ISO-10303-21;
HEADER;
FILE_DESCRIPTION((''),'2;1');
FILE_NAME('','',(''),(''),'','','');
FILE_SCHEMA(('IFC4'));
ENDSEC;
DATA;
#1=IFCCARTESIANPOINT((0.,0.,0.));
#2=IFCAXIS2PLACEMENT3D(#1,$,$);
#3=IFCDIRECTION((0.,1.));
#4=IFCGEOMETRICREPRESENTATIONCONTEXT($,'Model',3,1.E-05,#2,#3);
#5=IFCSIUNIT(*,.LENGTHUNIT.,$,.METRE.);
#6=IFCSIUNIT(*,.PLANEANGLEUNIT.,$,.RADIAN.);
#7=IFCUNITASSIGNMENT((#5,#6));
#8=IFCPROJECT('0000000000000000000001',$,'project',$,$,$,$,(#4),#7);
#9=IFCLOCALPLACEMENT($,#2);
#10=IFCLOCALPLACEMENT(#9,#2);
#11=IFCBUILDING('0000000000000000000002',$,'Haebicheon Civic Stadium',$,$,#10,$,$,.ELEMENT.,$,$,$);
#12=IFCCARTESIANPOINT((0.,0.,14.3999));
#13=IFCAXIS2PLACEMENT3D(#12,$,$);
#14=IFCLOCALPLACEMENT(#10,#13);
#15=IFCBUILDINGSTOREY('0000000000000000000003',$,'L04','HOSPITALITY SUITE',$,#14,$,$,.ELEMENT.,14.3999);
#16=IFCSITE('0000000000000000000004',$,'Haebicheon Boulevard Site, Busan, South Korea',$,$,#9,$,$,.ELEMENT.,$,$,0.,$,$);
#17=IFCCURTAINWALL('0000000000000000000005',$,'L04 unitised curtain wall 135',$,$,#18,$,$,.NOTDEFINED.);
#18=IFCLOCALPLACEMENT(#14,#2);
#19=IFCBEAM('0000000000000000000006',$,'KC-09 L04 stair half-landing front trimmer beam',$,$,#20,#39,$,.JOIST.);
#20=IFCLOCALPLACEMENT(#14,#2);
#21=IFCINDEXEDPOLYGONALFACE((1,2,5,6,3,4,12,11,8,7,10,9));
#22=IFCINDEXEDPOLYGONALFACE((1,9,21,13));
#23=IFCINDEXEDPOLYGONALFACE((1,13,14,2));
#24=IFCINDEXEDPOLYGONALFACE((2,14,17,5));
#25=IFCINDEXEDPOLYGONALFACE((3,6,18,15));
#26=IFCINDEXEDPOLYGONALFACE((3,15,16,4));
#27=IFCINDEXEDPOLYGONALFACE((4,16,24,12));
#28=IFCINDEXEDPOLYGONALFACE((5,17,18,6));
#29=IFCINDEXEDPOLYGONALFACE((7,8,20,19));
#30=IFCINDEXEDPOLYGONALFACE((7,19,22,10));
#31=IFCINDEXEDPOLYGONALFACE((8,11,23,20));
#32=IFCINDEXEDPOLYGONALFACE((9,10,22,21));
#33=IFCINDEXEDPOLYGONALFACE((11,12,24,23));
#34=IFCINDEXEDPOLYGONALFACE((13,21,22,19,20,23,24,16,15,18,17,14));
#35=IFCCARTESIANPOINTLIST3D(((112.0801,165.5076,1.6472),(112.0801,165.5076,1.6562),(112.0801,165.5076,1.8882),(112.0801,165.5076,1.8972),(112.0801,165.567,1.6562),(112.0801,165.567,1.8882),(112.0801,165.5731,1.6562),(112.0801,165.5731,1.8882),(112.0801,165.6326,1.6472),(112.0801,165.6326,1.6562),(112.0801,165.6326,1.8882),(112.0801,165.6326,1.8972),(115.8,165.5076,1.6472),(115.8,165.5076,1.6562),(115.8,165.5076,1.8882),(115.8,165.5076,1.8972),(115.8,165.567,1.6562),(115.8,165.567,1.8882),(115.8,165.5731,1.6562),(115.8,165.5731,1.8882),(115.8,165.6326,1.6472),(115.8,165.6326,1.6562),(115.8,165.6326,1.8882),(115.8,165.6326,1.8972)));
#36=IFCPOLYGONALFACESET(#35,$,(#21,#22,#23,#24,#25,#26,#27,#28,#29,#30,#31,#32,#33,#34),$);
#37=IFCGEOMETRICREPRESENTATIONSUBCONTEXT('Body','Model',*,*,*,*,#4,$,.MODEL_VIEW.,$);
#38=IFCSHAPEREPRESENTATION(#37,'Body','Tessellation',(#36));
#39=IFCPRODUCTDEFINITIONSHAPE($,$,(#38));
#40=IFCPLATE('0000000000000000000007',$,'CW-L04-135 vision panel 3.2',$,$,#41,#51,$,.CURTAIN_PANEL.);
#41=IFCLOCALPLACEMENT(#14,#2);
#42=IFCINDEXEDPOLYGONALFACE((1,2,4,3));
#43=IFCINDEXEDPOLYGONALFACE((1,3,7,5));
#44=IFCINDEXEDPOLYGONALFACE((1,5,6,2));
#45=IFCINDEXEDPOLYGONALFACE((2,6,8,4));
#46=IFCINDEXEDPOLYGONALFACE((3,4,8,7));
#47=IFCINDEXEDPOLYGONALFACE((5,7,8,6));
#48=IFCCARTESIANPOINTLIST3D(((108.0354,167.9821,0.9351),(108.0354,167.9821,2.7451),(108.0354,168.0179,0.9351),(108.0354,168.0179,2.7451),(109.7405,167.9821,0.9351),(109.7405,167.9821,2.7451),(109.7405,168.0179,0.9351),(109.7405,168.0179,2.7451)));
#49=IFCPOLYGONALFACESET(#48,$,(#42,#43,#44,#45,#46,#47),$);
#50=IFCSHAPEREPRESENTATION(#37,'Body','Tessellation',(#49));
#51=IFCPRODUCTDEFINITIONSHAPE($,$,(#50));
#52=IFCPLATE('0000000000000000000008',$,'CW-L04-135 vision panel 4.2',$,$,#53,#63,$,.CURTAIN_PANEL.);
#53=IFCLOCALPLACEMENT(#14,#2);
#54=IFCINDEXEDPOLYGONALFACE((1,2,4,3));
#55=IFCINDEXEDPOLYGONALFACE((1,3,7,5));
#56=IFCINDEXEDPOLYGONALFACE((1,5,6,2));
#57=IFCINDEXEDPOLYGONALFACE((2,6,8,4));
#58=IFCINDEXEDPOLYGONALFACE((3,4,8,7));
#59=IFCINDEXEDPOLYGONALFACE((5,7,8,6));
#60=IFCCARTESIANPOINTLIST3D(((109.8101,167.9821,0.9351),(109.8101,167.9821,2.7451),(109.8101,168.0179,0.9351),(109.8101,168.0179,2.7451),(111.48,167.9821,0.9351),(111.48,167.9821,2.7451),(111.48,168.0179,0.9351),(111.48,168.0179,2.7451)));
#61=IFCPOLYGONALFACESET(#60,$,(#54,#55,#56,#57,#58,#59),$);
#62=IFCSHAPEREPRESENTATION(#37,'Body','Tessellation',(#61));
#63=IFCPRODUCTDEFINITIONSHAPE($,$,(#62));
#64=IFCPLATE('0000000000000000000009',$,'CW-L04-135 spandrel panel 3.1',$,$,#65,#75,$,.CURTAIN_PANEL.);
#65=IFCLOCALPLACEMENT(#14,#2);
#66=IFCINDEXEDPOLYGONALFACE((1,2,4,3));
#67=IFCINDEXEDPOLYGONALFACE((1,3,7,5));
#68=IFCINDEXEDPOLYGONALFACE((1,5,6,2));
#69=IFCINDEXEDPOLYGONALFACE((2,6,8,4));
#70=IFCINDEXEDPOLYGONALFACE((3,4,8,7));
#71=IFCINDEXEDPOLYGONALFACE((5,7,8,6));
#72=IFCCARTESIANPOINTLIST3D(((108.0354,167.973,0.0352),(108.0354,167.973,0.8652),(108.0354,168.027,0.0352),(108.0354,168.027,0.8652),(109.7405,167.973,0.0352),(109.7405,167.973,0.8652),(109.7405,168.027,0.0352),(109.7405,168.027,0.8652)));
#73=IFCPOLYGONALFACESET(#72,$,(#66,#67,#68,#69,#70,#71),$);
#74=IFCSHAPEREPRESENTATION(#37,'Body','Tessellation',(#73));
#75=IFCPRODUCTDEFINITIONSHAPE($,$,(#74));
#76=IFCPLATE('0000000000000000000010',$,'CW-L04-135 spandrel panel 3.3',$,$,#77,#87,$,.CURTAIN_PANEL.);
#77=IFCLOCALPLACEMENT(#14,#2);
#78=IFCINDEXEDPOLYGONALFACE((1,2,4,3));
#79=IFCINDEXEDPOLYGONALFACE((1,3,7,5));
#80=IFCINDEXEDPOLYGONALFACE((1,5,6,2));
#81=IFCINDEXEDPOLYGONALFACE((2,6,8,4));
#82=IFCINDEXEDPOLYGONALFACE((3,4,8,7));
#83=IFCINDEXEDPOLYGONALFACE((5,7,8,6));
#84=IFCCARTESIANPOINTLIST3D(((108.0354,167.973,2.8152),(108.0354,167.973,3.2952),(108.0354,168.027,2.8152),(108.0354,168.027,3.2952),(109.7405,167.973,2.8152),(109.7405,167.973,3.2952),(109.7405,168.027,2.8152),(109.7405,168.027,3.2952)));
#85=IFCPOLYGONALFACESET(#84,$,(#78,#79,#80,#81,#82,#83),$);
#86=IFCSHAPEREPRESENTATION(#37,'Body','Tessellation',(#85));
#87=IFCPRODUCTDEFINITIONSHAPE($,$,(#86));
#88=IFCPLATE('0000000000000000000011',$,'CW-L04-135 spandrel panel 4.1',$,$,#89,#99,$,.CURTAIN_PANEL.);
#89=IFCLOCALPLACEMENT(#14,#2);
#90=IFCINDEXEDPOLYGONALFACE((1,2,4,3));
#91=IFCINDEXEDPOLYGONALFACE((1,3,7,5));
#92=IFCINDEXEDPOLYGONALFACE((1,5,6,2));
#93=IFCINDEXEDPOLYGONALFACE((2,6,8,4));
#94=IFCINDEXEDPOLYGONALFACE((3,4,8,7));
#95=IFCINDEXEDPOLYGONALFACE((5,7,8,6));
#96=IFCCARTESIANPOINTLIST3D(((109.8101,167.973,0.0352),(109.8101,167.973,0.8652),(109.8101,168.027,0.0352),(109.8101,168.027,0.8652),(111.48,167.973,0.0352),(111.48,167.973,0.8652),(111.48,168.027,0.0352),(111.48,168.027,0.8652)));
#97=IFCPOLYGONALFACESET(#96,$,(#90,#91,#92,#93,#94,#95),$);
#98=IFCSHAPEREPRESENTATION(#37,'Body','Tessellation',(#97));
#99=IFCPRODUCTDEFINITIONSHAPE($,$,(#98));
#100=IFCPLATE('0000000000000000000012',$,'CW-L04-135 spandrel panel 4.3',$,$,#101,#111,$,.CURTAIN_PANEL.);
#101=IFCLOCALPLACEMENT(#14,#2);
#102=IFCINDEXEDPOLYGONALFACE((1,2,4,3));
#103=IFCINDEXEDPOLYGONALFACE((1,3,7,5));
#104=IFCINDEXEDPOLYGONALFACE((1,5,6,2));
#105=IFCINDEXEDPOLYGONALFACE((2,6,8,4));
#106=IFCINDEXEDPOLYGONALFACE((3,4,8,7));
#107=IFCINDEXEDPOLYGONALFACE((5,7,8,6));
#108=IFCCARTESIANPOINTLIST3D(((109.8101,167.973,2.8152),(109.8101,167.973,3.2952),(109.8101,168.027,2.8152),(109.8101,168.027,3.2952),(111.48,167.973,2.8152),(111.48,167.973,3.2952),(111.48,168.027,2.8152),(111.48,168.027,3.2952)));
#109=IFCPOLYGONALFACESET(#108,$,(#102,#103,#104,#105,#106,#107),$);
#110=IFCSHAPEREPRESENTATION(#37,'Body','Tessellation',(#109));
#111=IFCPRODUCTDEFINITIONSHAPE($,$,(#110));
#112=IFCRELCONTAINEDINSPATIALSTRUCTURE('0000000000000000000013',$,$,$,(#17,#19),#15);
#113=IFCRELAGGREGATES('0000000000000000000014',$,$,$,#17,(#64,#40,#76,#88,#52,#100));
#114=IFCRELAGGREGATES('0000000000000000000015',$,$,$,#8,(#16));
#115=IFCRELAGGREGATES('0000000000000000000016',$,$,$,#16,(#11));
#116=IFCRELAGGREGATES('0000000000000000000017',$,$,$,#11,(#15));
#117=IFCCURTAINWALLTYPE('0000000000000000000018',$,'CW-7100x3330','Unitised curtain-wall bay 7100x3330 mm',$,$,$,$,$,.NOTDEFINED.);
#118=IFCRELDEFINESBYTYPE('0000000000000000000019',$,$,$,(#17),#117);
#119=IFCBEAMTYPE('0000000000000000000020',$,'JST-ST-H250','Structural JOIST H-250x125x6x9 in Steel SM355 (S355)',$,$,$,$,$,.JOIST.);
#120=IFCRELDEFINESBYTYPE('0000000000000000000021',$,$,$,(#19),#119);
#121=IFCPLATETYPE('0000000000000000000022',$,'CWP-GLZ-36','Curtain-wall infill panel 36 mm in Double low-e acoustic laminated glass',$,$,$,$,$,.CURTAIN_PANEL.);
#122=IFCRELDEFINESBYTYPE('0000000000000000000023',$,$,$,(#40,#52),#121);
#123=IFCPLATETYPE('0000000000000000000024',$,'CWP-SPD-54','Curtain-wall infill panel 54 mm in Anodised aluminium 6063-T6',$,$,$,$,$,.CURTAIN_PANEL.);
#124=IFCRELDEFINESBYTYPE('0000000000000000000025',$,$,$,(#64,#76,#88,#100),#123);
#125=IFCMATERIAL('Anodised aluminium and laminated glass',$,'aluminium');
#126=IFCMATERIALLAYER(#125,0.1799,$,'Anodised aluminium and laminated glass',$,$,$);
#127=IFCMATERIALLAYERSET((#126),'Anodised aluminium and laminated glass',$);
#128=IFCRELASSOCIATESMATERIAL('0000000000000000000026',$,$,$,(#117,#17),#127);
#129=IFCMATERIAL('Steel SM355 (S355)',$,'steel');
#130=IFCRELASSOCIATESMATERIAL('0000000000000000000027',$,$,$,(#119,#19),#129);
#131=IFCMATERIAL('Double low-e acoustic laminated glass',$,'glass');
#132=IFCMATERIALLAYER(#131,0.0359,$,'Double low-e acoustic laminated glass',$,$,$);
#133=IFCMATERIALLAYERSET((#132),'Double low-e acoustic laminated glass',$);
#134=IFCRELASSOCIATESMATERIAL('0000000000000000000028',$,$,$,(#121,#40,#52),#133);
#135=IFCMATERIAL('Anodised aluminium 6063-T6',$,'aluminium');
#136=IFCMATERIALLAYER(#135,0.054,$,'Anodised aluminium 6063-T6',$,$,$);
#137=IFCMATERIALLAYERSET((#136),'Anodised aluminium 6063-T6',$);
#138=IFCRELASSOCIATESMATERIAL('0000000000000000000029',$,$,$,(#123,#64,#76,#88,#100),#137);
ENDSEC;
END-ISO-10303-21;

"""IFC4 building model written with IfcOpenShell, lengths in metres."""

from ifc_helpers import new_model, si_unit, direction, frame, origin, origin_2d, place, context, subcontext, project, spatial, rectangle, i_section, extrude, material, layer, layer_set, material_profile, profile_set, type_object, element, aggregate, save


model = new_model("IFC4")

# Units and contexts
model_context = context("Model", 3, precision=1e-05, world=origin(), true_north=direction((0.0, 1.0)))
body_context = subcontext(model_context, "Body", "Model", "MODEL_VIEW")
ifc_project = project(units=[si_unit("LENGTHUNIT", "METRE"), si_unit("PLANEANGLEUNIT", "RADIAN")], contexts=[model_context])

# Site, building, storey
site_placement = place(None, origin())
site = spatial("IfcSite", under=ifc_project, at=site_placement, Name="Haebicheon Boulevard Site, Busan, South Korea", CompositionType="ELEMENT", RefElevation=0.0)
building_placement = place(site_placement, origin())
building = spatial("IfcBuilding", under=site, at=building_placement, Name="Haebicheon Civic Stadium", CompositionType="ELEMENT")
storey_placement = place(building_placement, frame((0.0, 0.0, 14.3999)))
storey = spatial("IfcBuildingStorey", under=building, at=storey_placement, Name="L04", Description="HOSPITALITY SUITE", CompositionType="ELEMENT", Elevation=14.3999)

# Curtain wall
ifc_material_1 = material(Name="Anodised aluminium and laminated glass", Category="aluminium")
ifc_layer_1 = layer(ifc_material_1, 0.1799, Name="Anodised aluminium and laminated glass")
ifc_layer_set_1 = layer_set([ifc_layer_1], Name="Anodised aluminium and laminated glass")
curtain_wall_type = type_object("IfcCurtainWallType", Name="CW-7100x3330", Description="Unitised curtain-wall bay 7100x3330 mm", PredefinedType="NOTDEFINED", material=ifc_layer_set_1)
curtain_wall_placement = place(storey_placement, origin())
curtain_wall = element("IfcCurtainWall", 1, at=curtain_wall_placement, inside=storey, type_object=curtain_wall_type, material=ifc_layer_set_1, Name="L04 unitised curtain wall 135", PredefinedType="NOTDEFINED")

# Beam
ifc_material_2 = material(Name="Steel SM355 (S355)", Category="steel")
ifc_material_profile_1 = material_profile(ifc_material_2, i_section(OverallWidth=0.125, OverallDepth=0.25, WebThickness=0.0061, FlangeThickness=0.009, at=origin_2d()), Name="H-250x125x6x9")
ifc_profile_set_1 = profile_set([ifc_material_profile_1], Name="Steel SM355 (S355)")
beam_type_1 = type_object("IfcBeamType", Name="JST-ST-H250", Description="Structural JOIST H-250x125x6x9 in Steel SM355 (S355)", PredefinedType="JOIST", material=ifc_profile_set_1)
beam_1_placement = place(storey_placement, frame((112.0801, 165.5701, 1.7722), z_axis=(1.0, 0.0, 0.0), x_axis=(0.0, 1.0, 0.0)))
element("IfcBeam", 2, at=beam_1_placement, inside=storey, type_object=beam_type_1, material=ifc_profile_set_1, Name="KC-09 L04 stair half-landing front trimmer beam", PredefinedType="JOIST", context=body_context, shape_type="SweptSolid", body=[
    extrude(i_section(OverallWidth=0.125, OverallDepth=0.25, WebThickness=0.0061, FlangeThickness=0.009, at=origin_2d()), origin(), (0.0, 0.0, 1.0), 3.72),
])

# Plates
ifc_material_3 = material(Name="Double low-e acoustic laminated glass", Category="glass")
ifc_layer_2 = layer(ifc_material_3, 0.0359, Name="Double low-e acoustic laminated glass")
ifc_layer_set_2 = layer_set([ifc_layer_2], Name="Double low-e acoustic laminated glass")
plate_type_1 = type_object("IfcPlateType", Name="CWP-GLZ-36", Description="Curtain-wall infill panel 36 mm in Double low-e acoustic laminated glass", PredefinedType="CURTAIN_PANEL", material=ifc_layer_set_2)
plate_1_placement = place(storey_placement, frame((108.8879, 168.0, 0.9351), z_axis=(0.0, 0.0, 1.0), x_axis=(1.0, 0.0, 0.0)))
plate_1 = element("IfcPlate", 3, at=plate_1_placement, type_object=plate_type_1, material=ifc_layer_set_2, Name="CW-L04-135 vision panel 3.2", PredefinedType="CURTAIN_PANEL", context=body_context, shape_type="SweptSolid", body=[
    extrude(rectangle(XDim=1.7051, YDim=0.0359, at=origin_2d()), origin(), (0.0, 0.0, 1.0), 1.8101),
])
plate_2_placement = place(storey_placement, frame((110.645, 168.0, 0.9351), z_axis=(0.0, 0.0, 1.0), x_axis=(1.0, 0.0, 0.0)))
plate_2 = element("IfcPlate", 4, at=plate_2_placement, type_object=plate_type_1, material=ifc_layer_set_2, Name="CW-L04-135 vision panel 4.2", PredefinedType="CURTAIN_PANEL", context=body_context, shape_type="SweptSolid", body=[
    extrude(rectangle(XDim=1.6699, YDim=0.0359, at=origin_2d()), origin(), (0.0, 0.0, 1.0), 1.8101),
])
ifc_material_4 = material(Name="Anodised aluminium 6063-T6", Category="aluminium")
ifc_layer_3 = layer(ifc_material_4, 0.054, Name="Anodised aluminium 6063-T6")
ifc_layer_set_3 = layer_set([ifc_layer_3], Name="Anodised aluminium 6063-T6")
plate_type_2 = type_object("IfcPlateType", Name="CWP-SPD-54", Description="Curtain-wall infill panel 54 mm in Anodised aluminium 6063-T6", PredefinedType="CURTAIN_PANEL", material=ifc_layer_set_3)
plate_3_placement = place(storey_placement, frame((108.8879, 168.0, 0.0352), z_axis=(0.0, 0.0, 1.0), x_axis=(1.0, 0.0, 0.0)))
plate_3 = element("IfcPlate", 5, at=plate_3_placement, type_object=plate_type_2, material=ifc_layer_set_3, Name="CW-L04-135 spandrel panel 3.1", PredefinedType="CURTAIN_PANEL", context=body_context, shape_type="SweptSolid", body=[
    extrude(rectangle(XDim=1.7051, YDim=0.054, at=origin_2d()), origin(), (0.0, 0.0, 1.0), 0.8301),
])
plate_4_placement = place(storey_placement, frame((108.8879, 168.0, 2.8152), z_axis=(0.0, 0.0, 1.0), x_axis=(1.0, 0.0, 0.0)))
plate_4 = element("IfcPlate", 6, at=plate_4_placement, type_object=plate_type_2, material=ifc_layer_set_3, Name="CW-L04-135 spandrel panel 3.3", PredefinedType="CURTAIN_PANEL", context=body_context, shape_type="SweptSolid", body=[
    extrude(rectangle(XDim=1.7051, YDim=0.054, at=origin_2d()), origin(), (0.0, 0.0, 1.0), 0.48),
])
plate_5_placement = place(storey_placement, frame((110.645, 168.0, 0.0352), z_axis=(0.0, 0.0, 1.0), x_axis=(1.0, 0.0, 0.0)))
plate_5 = element("IfcPlate", 7, at=plate_5_placement, type_object=plate_type_2, material=ifc_layer_set_3, Name="CW-L04-135 spandrel panel 4.1", PredefinedType="CURTAIN_PANEL", context=body_context, shape_type="SweptSolid", body=[
    extrude(rectangle(XDim=1.6699, YDim=0.054, at=origin_2d()), origin(), (0.0, 0.0, 1.0), 0.8301),
])
plate_6_placement = place(storey_placement, frame((110.645, 168.0, 2.8152), z_axis=(0.0, 0.0, 1.0), x_axis=(1.0, 0.0, 0.0)))
plate_6 = element("IfcPlate", 8, at=plate_6_placement, type_object=plate_type_2, material=ifc_layer_set_3, Name="CW-L04-135 spandrel panel 4.3", PredefinedType="CURTAIN_PANEL", context=body_context, shape_type="SweptSolid", body=[
    extrude(rectangle(XDim=1.6699, YDim=0.054, at=origin_2d()), origin(), (0.0, 0.0, 1.0), 0.48),
])
aggregate(curtain_wall, [plate_3, plate_1, plate_4, plate_5, plate_2, plate_6])

save(model, "model.ifc")
